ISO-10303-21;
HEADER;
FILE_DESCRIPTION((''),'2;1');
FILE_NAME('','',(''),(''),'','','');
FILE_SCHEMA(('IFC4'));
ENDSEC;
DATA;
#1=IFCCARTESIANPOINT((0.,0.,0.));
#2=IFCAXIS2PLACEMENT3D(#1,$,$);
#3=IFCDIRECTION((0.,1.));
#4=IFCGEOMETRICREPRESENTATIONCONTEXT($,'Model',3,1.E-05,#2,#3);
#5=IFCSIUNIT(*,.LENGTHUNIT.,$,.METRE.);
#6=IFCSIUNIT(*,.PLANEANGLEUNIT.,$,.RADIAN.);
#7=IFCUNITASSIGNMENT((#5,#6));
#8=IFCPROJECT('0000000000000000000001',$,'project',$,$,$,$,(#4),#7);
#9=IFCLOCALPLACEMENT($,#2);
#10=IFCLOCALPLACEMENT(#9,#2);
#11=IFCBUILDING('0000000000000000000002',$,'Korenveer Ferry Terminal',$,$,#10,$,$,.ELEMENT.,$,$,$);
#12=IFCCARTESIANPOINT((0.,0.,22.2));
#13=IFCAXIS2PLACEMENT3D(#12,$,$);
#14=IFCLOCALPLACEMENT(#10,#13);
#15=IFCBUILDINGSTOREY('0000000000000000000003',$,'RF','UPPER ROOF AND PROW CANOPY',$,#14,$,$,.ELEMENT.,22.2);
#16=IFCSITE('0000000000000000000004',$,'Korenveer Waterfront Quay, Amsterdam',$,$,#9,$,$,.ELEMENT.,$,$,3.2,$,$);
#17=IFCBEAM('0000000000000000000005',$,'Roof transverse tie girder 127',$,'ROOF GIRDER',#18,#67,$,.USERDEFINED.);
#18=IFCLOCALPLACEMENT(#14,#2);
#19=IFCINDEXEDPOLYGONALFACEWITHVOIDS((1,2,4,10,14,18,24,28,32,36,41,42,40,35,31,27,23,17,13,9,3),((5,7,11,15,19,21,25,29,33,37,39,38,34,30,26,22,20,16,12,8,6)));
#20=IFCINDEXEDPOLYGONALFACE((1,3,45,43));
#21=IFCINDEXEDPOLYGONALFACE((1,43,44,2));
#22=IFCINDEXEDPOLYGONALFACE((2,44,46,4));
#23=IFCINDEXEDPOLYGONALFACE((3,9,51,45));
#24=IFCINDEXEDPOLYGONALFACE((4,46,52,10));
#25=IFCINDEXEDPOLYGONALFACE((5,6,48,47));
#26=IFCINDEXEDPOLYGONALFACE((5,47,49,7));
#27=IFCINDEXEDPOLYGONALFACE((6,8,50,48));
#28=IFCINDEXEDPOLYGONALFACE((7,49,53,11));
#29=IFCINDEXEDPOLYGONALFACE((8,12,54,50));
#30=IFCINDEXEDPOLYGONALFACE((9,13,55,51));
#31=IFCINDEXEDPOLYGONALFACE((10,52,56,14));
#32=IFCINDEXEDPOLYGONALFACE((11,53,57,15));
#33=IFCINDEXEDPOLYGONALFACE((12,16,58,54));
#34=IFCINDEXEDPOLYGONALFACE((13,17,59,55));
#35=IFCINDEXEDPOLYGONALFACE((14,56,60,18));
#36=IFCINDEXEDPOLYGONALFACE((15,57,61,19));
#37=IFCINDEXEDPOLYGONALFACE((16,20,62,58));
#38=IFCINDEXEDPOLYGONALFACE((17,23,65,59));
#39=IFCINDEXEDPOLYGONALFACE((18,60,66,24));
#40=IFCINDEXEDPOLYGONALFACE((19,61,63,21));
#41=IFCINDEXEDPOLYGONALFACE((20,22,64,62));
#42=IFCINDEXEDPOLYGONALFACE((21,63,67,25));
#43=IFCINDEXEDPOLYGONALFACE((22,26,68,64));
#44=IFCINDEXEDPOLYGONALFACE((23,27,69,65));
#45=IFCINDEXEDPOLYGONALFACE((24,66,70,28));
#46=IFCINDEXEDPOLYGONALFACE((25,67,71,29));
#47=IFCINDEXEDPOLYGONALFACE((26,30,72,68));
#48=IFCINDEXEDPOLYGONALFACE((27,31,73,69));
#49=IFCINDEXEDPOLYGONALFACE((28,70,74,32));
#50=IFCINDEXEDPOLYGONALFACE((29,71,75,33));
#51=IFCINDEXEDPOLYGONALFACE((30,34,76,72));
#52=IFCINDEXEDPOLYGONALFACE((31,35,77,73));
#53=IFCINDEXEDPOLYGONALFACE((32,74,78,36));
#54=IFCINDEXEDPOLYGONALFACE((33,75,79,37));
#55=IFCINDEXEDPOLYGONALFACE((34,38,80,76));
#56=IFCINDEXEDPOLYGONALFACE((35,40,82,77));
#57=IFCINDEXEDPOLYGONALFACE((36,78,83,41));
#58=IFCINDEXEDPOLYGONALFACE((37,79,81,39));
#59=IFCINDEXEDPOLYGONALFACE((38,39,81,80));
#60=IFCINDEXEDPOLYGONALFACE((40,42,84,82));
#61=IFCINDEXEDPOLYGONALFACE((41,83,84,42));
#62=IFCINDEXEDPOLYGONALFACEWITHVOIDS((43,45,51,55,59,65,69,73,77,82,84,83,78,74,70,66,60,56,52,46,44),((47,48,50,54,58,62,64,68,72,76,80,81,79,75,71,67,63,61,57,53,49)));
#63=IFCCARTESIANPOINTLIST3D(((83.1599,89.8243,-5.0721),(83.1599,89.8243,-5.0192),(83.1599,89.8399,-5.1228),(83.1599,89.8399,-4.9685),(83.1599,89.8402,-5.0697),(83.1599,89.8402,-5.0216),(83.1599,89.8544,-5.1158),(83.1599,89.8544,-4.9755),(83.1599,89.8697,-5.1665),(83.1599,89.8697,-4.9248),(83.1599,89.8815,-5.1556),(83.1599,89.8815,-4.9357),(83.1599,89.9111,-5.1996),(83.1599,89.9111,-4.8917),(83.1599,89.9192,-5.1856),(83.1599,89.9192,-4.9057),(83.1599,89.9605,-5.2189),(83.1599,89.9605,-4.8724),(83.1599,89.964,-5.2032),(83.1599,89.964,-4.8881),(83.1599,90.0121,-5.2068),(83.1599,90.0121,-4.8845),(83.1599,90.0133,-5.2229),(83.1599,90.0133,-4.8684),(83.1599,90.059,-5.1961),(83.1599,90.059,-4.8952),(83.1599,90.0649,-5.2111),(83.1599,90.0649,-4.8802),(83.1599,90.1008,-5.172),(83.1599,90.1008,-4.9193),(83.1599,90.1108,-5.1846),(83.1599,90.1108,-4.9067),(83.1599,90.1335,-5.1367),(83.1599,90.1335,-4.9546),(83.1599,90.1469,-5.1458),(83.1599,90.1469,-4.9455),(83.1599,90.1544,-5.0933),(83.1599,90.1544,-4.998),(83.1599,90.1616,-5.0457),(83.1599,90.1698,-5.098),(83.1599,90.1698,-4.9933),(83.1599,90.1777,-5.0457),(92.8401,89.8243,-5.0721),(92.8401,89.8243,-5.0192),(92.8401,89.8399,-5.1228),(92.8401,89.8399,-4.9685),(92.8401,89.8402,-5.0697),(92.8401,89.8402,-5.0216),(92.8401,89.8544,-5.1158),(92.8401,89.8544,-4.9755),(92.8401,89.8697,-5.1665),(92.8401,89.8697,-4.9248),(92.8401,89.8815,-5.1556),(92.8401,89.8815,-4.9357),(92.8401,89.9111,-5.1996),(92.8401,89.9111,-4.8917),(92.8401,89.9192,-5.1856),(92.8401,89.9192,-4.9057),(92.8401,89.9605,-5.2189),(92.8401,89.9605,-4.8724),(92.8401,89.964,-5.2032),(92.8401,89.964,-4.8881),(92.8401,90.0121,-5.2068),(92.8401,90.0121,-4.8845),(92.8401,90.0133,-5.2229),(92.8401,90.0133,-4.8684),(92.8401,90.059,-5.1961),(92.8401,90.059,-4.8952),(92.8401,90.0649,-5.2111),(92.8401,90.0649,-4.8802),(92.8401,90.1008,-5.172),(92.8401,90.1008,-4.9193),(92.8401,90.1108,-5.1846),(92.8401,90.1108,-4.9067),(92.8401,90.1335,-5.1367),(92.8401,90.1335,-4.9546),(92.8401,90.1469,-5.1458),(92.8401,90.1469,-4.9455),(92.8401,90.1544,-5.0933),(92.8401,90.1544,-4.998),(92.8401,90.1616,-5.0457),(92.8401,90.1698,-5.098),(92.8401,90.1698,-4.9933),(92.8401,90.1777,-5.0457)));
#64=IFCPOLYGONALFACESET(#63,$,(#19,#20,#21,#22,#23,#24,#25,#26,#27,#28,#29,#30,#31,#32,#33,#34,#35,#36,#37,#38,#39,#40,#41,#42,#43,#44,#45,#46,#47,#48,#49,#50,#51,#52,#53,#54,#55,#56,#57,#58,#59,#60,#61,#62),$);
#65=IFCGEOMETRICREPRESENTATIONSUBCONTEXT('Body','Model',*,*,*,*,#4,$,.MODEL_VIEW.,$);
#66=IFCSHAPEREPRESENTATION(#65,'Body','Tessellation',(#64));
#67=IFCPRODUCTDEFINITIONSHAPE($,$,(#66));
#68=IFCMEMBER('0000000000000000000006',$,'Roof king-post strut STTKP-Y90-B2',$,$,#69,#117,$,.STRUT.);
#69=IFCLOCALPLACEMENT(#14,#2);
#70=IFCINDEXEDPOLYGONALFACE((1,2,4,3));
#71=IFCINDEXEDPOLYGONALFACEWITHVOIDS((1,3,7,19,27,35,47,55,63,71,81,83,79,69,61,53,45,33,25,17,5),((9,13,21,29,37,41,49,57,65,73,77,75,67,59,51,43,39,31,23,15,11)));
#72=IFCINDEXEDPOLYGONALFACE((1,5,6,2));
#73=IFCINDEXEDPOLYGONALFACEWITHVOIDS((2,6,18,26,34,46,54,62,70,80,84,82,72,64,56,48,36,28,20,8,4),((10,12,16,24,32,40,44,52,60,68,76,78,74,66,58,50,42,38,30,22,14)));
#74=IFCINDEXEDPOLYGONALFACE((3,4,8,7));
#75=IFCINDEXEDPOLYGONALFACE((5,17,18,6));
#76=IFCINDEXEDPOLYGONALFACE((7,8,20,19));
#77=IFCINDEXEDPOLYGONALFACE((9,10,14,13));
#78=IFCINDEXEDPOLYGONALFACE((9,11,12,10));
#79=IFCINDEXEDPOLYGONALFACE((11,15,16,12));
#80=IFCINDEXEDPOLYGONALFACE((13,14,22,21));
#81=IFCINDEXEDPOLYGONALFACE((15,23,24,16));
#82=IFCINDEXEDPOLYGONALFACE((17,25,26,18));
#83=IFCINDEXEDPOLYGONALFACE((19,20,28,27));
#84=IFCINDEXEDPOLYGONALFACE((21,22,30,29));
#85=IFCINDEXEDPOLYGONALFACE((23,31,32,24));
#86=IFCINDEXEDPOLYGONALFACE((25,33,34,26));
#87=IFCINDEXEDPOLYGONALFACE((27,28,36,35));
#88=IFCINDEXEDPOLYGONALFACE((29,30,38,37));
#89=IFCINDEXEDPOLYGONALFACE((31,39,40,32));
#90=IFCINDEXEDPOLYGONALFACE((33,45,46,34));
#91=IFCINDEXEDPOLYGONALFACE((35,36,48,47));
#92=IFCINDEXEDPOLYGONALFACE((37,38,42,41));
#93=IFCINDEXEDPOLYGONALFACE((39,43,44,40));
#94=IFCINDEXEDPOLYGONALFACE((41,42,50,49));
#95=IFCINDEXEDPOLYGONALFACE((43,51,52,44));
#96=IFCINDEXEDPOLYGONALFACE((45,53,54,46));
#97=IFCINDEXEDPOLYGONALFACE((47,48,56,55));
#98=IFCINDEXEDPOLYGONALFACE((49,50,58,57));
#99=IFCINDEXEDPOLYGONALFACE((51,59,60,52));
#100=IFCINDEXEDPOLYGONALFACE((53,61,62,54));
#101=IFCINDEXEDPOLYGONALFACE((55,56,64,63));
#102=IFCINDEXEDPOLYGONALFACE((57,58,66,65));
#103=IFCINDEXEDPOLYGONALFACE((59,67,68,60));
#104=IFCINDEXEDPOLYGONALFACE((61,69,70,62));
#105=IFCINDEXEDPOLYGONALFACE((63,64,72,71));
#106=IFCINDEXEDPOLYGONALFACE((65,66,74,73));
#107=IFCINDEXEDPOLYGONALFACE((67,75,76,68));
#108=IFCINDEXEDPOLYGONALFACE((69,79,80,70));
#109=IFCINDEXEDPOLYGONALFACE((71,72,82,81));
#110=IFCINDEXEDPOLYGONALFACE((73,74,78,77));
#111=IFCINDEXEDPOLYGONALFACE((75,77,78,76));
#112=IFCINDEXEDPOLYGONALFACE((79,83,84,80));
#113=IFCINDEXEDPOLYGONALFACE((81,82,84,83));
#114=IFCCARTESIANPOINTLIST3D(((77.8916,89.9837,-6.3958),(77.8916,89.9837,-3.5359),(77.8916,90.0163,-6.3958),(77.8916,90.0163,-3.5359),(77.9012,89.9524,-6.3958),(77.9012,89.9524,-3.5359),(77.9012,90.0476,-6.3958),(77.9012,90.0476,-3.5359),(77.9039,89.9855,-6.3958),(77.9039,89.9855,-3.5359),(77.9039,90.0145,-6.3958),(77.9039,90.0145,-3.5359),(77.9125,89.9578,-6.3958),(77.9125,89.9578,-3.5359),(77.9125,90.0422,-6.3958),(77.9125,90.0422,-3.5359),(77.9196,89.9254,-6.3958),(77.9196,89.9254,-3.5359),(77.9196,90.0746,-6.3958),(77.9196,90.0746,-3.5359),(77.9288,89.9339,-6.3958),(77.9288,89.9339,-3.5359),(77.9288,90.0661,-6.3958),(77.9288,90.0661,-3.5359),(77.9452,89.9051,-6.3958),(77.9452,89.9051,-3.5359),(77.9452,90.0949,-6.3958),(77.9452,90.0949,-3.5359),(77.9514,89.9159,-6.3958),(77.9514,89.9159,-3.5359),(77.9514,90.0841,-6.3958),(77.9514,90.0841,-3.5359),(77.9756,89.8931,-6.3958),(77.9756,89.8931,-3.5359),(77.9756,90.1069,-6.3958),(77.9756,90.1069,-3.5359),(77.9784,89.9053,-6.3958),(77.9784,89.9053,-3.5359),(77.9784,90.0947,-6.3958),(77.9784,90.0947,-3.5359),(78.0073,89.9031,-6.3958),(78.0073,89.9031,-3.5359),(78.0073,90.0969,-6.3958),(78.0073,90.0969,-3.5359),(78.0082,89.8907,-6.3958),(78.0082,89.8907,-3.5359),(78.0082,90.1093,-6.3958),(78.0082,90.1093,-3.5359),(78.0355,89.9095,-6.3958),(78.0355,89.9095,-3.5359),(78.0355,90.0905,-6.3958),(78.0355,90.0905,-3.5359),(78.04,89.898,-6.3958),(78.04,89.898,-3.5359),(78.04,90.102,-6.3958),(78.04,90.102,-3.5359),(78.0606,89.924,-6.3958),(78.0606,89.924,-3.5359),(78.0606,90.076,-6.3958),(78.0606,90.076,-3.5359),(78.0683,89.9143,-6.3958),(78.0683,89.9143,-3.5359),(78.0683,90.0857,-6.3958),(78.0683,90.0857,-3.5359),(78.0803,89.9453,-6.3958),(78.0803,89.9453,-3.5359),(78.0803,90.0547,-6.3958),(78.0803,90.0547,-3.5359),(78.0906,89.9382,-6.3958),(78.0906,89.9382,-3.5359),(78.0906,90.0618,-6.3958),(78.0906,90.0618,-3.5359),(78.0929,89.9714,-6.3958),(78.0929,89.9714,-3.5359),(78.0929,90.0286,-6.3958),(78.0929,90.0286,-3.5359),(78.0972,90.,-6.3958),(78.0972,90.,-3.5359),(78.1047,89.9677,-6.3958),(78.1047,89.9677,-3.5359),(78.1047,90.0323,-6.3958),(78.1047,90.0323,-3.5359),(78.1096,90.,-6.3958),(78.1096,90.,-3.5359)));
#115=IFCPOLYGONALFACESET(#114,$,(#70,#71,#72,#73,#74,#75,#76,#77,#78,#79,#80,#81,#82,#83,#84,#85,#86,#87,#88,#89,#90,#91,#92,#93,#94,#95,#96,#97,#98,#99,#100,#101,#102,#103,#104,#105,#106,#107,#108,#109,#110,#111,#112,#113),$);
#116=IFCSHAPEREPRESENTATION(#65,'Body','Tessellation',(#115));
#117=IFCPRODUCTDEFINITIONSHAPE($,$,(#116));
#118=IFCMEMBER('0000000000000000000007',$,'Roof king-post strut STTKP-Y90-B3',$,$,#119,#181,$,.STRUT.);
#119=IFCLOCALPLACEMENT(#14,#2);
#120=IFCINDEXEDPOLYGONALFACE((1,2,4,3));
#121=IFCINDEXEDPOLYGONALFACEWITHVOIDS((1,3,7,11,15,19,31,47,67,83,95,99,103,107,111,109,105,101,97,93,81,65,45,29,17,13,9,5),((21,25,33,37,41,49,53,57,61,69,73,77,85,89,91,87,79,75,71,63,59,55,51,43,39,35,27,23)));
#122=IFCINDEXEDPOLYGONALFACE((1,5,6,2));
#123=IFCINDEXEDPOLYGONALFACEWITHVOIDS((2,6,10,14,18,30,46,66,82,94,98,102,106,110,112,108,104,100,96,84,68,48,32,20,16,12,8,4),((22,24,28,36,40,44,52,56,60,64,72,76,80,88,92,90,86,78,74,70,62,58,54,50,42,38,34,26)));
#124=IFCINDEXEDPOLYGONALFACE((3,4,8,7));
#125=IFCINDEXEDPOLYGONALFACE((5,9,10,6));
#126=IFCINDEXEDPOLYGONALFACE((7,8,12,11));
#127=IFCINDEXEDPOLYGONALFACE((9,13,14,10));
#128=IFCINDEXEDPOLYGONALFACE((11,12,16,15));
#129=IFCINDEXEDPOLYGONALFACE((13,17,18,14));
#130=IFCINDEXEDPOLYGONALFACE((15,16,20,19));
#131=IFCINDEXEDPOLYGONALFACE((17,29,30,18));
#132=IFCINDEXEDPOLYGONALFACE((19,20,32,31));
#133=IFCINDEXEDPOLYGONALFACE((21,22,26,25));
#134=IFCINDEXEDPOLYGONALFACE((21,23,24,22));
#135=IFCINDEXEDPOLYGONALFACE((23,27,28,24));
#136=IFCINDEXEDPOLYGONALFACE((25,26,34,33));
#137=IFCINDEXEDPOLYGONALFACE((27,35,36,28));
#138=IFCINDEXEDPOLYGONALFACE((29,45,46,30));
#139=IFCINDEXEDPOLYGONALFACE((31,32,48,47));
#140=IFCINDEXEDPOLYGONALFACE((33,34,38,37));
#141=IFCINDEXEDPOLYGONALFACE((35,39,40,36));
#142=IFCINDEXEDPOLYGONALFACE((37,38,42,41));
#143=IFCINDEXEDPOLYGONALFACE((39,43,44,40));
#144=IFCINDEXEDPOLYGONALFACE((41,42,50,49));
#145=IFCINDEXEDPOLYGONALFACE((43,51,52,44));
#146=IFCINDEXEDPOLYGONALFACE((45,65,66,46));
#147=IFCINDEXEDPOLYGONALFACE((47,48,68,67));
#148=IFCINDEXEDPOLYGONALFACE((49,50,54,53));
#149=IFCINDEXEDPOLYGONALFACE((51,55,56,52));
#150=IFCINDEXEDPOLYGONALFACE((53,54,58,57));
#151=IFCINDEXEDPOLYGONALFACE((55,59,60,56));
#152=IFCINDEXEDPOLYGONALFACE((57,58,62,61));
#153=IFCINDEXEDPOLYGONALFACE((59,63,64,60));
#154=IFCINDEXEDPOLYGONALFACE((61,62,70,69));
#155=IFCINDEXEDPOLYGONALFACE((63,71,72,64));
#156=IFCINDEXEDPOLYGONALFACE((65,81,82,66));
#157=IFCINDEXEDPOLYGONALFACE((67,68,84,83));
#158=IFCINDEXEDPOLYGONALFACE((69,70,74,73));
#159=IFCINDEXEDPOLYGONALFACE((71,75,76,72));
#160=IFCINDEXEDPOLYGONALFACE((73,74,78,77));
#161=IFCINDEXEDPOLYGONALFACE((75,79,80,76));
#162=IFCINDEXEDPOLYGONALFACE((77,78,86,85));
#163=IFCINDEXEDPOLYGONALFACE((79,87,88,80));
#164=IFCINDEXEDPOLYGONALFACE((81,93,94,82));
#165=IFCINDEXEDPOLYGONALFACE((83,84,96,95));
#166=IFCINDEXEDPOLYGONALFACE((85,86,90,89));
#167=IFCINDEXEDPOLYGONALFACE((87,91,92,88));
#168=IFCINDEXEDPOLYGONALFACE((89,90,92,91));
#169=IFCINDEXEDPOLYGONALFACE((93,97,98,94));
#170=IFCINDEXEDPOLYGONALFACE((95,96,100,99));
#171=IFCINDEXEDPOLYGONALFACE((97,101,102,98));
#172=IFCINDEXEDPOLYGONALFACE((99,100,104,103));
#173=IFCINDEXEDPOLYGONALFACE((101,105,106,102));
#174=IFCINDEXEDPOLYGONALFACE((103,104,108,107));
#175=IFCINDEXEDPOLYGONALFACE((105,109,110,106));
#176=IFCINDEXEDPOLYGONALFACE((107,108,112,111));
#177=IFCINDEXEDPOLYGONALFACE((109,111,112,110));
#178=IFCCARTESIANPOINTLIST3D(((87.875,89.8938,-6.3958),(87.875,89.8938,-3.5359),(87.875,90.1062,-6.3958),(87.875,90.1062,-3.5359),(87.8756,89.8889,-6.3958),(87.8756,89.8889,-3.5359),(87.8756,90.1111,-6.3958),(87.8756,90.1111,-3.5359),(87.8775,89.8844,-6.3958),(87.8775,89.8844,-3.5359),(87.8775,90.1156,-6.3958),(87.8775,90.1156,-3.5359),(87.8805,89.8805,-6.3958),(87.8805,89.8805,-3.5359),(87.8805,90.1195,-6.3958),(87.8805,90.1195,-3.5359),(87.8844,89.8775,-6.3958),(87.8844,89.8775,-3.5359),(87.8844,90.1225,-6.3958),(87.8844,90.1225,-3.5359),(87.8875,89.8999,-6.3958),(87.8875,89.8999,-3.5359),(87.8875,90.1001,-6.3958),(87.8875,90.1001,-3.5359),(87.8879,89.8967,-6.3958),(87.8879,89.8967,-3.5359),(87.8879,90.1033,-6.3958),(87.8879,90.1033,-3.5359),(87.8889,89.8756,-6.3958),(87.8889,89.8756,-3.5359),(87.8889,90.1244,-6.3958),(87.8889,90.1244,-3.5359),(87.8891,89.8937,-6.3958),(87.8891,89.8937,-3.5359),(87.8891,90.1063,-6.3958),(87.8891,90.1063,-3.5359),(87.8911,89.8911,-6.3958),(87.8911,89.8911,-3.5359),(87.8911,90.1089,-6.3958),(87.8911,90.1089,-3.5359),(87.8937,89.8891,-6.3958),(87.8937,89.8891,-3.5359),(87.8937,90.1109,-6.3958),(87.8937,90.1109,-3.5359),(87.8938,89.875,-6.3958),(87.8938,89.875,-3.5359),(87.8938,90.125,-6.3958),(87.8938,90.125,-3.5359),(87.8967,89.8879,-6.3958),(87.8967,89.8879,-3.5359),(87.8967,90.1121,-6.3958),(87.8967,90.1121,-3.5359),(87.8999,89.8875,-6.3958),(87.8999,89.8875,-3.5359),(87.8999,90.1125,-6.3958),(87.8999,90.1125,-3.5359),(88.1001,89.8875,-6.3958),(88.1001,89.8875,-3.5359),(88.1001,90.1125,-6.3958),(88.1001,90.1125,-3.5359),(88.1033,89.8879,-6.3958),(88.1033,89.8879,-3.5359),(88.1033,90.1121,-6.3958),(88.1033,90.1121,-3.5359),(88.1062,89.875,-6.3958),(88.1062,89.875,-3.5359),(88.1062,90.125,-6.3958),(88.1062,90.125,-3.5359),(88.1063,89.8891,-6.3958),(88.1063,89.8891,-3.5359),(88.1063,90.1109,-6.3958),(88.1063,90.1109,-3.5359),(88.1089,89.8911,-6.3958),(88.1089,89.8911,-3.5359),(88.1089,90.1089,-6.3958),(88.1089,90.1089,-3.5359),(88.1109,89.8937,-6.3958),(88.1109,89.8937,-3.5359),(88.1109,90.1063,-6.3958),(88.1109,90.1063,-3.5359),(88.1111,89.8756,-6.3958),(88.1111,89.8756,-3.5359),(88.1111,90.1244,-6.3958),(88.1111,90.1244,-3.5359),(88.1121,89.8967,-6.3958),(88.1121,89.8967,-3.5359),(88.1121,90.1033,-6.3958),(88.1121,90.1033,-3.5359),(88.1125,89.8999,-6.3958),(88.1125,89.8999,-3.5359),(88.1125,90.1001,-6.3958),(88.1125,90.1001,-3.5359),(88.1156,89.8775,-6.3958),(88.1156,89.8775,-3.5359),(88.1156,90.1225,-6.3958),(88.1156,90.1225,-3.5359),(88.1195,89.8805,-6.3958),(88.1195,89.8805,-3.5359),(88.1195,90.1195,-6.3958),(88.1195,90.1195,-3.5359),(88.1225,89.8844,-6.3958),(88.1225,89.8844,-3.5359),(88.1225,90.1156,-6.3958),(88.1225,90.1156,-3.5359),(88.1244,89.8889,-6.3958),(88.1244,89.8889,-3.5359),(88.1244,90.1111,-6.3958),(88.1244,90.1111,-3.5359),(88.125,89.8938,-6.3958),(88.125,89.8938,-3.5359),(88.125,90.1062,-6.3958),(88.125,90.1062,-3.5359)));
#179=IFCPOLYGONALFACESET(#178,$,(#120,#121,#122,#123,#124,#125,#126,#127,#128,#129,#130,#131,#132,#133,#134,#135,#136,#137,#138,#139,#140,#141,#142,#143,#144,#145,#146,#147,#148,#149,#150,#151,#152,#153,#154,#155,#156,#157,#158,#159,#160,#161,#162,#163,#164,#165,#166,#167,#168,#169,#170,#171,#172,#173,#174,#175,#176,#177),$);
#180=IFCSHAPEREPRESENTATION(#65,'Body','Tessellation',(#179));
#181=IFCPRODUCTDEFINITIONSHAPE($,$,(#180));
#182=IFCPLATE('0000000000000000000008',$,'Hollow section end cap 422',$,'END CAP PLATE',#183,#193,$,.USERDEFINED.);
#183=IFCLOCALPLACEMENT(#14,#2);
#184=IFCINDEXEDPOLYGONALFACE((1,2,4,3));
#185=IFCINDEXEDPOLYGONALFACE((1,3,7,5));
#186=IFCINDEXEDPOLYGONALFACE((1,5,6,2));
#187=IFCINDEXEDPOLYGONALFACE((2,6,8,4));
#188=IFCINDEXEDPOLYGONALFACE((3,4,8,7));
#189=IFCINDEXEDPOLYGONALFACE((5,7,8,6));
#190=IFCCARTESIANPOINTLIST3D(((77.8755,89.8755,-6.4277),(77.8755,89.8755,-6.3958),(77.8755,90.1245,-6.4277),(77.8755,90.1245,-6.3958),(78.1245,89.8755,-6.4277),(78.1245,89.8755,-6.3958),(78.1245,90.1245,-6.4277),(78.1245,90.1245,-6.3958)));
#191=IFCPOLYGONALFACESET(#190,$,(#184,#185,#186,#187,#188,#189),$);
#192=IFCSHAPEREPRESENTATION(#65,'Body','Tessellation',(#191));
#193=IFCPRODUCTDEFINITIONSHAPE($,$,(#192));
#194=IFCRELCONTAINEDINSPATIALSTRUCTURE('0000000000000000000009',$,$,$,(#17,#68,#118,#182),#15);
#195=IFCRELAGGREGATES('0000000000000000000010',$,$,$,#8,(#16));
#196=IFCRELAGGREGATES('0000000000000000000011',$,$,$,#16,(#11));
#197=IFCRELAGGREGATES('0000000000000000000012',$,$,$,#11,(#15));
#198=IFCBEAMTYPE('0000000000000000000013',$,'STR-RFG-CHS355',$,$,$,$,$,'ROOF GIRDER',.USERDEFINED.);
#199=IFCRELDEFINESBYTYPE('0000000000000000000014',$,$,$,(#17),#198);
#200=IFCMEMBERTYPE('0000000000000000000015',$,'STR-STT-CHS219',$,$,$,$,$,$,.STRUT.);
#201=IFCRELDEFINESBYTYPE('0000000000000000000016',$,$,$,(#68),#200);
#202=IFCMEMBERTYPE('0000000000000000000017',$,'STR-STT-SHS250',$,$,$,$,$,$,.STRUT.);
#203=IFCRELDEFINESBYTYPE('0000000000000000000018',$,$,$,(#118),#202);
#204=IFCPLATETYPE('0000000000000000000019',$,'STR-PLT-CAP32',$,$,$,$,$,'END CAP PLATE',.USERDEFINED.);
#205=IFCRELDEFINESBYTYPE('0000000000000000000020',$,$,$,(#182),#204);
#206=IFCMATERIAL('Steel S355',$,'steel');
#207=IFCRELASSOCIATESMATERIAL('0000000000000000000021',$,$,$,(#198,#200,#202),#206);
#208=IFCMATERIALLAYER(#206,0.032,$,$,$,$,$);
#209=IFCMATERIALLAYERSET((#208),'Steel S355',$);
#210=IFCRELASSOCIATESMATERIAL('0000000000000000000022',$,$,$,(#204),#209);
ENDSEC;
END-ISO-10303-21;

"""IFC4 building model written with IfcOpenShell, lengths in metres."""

from ifc_helpers import new_model, si_unit, direction, frame, origin, origin_2d, place, context, subcontext, project, spatial, rectangle, hollow_rectangle, hollow_circle, extrude, material, layer, layer_set, material_profile, profile_set, type_object, element, save


model = new_model("IFC4")

# Units and contexts
model_context = context("Model", 3, precision=1e-05, world=origin(), true_north=direction((0.0, 1.0)))
body_context = subcontext(model_context, "Body", "Model", "MODEL_VIEW")
ifc_project = project(units=[si_unit("LENGTHUNIT", "METRE"), si_unit("PLANEANGLEUNIT", "RADIAN")], contexts=[model_context])

# Site, building, storey
site_placement = place(None, origin())
site = spatial("IfcSite", under=ifc_project, at=site_placement, Name="Korenveer Waterfront Quay, Amsterdam", CompositionType="ELEMENT", RefElevation=3.2)
building_placement = place(site_placement, origin())
building = spatial("IfcBuilding", under=site, at=building_placement, Name="Korenveer Ferry Terminal", CompositionType="ELEMENT")
storey_placement = place(building_placement, frame((0.0, 0.0, 22.2)))
storey = spatial("IfcBuildingStorey", under=building, at=storey_placement, Name="RF", Description="UPPER ROOF AND PROW CANOPY", CompositionType="ELEMENT", Elevation=22.2)

# Beam
ifc_material_1 = material(Name="Steel S355", Category="steel")
ifc_material_profile_1 = material_profile(ifc_material_1, hollow_circle(Radius=0.1777, WallThickness=0.0161, at=origin_2d()), Name="CHS 355.6x16")
ifc_profile_set_1 = profile_set([ifc_material_profile_1], Name="Steel S355")
beam_type = type_object("IfcBeamType", Name="STR-RFG-CHS355", ElementType="ROOF GIRDER", PredefinedType="USERDEFINED", material=ifc_profile_set_1)
beam_placement = place(storey_placement, frame((83.1599, 90.0, -5.0457), z_axis=(1.0, 0.0, 0.0), x_axis=(0.0, 1.0, 0.0)))
element("IfcBeam", 1, at=beam_placement, inside=storey, type_object=beam_type, Name="Roof transverse tie girder 127", ObjectType="ROOF GIRDER", PredefinedType="USERDEFINED", context=body_context, shape_type="SweptSolid", body=[
    extrude(hollow_circle(Radius=0.1777, WallThickness=0.0161, at=origin_2d()), origin(), (0.0, 0.0, 1.0), 9.6802),
])

# Members
ifc_material_profile_2 = material_profile(ifc_material_1, hollow_circle(Radius=0.1096, WallThickness=0.0125, at=origin_2d()), Name="CHS 219.1x12.5")
ifc_profile_set_2 = profile_set([ifc_material_profile_2], Name="Steel S355")
member_type_1 = type_object("IfcMemberType", Name="STR-STT-CHS219", PredefinedType="STRUT", material=ifc_profile_set_2)
member_1_placement = place(storey_placement, frame((78.0, 90.0, -6.3958), z_axis=(0.0, 0.0, 1.0), x_axis=(1.0, 0.0, 0.0)))
element("IfcMember", 2, at=member_1_placement, inside=storey, type_object=member_type_1, Name="Roof king-post strut STTKP-Y90-B2", PredefinedType="STRUT", context=body_context, shape_type="SweptSolid", body=[
    extrude(hollow_circle(Radius=0.1096, WallThickness=0.0125, at=origin_2d()), origin(), (0.0, 0.0, 1.0), 2.8599),
])
ifc_material_profile_3 = material_profile(ifc_material_1, hollow_rectangle(XDim=0.25, YDim=0.25, WallThickness=0.0125, InnerFilletRadius=0.0125, OuterFilletRadius=0.0188, at=origin_2d()), Name="SHS 250x250x12.5")
ifc_profile_set_3 = profile_set([ifc_material_profile_3], Name="Steel S355")
member_type_2 = type_object("IfcMemberType", Name="STR-STT-SHS250", PredefinedType="STRUT", material=ifc_profile_set_3)
member_2_placement = place(storey_placement, frame((88.0, 90.0, -6.3958), z_axis=(0.0, 0.0, 1.0), x_axis=(1.0, 0.0, 0.0)))
element("IfcMember", 3, at=member_2_placement, inside=storey, type_object=member_type_2, Name="Roof king-post strut STTKP-Y90-B3", PredefinedType="STRUT", context=body_context, shape_type="SweptSolid", body=[
    extrude(hollow_rectangle(XDim=0.25, YDim=0.25, WallThickness=0.0125, InnerFilletRadius=0.0125, OuterFilletRadius=0.0188, at=origin_2d()), origin(), (0.0, 0.0, 1.0), 2.8599),
])

# Plate
ifc_layer_1 = layer(ifc_material_1, 0.032)
ifc_layer_set_1 = layer_set([ifc_layer_1], Name="Steel S355")
plate_type_1 = type_object("IfcPlateType", Name="STR-PLT-CAP32", ElementType="END CAP PLATE", PredefinedType="USERDEFINED", material=ifc_layer_set_1)
for number, where, z_axis, x_axis, name in (
    (4, (78.0, 90.0, -6.4277), (0.0, 0.0, 1.0), (1.0, 0.0, 0.0), "Hollow section end cap 422"),
):
    element("IfcPlate", number, at=place(storey_placement, frame(where, z_axis=z_axis, x_axis=x_axis)), inside=storey, type_object=plate_type_1, Name=name, ObjectType="END CAP PLATE", PredefinedType="USERDEFINED", context=body_context, shape_type="SweptSolid", body=[
        extrude(rectangle(XDim=0.249, YDim=0.249, at=origin_2d()), origin(), (0.0, 0.0, 1.0), 0.032),
    ])

save(model, "model.ifc")
